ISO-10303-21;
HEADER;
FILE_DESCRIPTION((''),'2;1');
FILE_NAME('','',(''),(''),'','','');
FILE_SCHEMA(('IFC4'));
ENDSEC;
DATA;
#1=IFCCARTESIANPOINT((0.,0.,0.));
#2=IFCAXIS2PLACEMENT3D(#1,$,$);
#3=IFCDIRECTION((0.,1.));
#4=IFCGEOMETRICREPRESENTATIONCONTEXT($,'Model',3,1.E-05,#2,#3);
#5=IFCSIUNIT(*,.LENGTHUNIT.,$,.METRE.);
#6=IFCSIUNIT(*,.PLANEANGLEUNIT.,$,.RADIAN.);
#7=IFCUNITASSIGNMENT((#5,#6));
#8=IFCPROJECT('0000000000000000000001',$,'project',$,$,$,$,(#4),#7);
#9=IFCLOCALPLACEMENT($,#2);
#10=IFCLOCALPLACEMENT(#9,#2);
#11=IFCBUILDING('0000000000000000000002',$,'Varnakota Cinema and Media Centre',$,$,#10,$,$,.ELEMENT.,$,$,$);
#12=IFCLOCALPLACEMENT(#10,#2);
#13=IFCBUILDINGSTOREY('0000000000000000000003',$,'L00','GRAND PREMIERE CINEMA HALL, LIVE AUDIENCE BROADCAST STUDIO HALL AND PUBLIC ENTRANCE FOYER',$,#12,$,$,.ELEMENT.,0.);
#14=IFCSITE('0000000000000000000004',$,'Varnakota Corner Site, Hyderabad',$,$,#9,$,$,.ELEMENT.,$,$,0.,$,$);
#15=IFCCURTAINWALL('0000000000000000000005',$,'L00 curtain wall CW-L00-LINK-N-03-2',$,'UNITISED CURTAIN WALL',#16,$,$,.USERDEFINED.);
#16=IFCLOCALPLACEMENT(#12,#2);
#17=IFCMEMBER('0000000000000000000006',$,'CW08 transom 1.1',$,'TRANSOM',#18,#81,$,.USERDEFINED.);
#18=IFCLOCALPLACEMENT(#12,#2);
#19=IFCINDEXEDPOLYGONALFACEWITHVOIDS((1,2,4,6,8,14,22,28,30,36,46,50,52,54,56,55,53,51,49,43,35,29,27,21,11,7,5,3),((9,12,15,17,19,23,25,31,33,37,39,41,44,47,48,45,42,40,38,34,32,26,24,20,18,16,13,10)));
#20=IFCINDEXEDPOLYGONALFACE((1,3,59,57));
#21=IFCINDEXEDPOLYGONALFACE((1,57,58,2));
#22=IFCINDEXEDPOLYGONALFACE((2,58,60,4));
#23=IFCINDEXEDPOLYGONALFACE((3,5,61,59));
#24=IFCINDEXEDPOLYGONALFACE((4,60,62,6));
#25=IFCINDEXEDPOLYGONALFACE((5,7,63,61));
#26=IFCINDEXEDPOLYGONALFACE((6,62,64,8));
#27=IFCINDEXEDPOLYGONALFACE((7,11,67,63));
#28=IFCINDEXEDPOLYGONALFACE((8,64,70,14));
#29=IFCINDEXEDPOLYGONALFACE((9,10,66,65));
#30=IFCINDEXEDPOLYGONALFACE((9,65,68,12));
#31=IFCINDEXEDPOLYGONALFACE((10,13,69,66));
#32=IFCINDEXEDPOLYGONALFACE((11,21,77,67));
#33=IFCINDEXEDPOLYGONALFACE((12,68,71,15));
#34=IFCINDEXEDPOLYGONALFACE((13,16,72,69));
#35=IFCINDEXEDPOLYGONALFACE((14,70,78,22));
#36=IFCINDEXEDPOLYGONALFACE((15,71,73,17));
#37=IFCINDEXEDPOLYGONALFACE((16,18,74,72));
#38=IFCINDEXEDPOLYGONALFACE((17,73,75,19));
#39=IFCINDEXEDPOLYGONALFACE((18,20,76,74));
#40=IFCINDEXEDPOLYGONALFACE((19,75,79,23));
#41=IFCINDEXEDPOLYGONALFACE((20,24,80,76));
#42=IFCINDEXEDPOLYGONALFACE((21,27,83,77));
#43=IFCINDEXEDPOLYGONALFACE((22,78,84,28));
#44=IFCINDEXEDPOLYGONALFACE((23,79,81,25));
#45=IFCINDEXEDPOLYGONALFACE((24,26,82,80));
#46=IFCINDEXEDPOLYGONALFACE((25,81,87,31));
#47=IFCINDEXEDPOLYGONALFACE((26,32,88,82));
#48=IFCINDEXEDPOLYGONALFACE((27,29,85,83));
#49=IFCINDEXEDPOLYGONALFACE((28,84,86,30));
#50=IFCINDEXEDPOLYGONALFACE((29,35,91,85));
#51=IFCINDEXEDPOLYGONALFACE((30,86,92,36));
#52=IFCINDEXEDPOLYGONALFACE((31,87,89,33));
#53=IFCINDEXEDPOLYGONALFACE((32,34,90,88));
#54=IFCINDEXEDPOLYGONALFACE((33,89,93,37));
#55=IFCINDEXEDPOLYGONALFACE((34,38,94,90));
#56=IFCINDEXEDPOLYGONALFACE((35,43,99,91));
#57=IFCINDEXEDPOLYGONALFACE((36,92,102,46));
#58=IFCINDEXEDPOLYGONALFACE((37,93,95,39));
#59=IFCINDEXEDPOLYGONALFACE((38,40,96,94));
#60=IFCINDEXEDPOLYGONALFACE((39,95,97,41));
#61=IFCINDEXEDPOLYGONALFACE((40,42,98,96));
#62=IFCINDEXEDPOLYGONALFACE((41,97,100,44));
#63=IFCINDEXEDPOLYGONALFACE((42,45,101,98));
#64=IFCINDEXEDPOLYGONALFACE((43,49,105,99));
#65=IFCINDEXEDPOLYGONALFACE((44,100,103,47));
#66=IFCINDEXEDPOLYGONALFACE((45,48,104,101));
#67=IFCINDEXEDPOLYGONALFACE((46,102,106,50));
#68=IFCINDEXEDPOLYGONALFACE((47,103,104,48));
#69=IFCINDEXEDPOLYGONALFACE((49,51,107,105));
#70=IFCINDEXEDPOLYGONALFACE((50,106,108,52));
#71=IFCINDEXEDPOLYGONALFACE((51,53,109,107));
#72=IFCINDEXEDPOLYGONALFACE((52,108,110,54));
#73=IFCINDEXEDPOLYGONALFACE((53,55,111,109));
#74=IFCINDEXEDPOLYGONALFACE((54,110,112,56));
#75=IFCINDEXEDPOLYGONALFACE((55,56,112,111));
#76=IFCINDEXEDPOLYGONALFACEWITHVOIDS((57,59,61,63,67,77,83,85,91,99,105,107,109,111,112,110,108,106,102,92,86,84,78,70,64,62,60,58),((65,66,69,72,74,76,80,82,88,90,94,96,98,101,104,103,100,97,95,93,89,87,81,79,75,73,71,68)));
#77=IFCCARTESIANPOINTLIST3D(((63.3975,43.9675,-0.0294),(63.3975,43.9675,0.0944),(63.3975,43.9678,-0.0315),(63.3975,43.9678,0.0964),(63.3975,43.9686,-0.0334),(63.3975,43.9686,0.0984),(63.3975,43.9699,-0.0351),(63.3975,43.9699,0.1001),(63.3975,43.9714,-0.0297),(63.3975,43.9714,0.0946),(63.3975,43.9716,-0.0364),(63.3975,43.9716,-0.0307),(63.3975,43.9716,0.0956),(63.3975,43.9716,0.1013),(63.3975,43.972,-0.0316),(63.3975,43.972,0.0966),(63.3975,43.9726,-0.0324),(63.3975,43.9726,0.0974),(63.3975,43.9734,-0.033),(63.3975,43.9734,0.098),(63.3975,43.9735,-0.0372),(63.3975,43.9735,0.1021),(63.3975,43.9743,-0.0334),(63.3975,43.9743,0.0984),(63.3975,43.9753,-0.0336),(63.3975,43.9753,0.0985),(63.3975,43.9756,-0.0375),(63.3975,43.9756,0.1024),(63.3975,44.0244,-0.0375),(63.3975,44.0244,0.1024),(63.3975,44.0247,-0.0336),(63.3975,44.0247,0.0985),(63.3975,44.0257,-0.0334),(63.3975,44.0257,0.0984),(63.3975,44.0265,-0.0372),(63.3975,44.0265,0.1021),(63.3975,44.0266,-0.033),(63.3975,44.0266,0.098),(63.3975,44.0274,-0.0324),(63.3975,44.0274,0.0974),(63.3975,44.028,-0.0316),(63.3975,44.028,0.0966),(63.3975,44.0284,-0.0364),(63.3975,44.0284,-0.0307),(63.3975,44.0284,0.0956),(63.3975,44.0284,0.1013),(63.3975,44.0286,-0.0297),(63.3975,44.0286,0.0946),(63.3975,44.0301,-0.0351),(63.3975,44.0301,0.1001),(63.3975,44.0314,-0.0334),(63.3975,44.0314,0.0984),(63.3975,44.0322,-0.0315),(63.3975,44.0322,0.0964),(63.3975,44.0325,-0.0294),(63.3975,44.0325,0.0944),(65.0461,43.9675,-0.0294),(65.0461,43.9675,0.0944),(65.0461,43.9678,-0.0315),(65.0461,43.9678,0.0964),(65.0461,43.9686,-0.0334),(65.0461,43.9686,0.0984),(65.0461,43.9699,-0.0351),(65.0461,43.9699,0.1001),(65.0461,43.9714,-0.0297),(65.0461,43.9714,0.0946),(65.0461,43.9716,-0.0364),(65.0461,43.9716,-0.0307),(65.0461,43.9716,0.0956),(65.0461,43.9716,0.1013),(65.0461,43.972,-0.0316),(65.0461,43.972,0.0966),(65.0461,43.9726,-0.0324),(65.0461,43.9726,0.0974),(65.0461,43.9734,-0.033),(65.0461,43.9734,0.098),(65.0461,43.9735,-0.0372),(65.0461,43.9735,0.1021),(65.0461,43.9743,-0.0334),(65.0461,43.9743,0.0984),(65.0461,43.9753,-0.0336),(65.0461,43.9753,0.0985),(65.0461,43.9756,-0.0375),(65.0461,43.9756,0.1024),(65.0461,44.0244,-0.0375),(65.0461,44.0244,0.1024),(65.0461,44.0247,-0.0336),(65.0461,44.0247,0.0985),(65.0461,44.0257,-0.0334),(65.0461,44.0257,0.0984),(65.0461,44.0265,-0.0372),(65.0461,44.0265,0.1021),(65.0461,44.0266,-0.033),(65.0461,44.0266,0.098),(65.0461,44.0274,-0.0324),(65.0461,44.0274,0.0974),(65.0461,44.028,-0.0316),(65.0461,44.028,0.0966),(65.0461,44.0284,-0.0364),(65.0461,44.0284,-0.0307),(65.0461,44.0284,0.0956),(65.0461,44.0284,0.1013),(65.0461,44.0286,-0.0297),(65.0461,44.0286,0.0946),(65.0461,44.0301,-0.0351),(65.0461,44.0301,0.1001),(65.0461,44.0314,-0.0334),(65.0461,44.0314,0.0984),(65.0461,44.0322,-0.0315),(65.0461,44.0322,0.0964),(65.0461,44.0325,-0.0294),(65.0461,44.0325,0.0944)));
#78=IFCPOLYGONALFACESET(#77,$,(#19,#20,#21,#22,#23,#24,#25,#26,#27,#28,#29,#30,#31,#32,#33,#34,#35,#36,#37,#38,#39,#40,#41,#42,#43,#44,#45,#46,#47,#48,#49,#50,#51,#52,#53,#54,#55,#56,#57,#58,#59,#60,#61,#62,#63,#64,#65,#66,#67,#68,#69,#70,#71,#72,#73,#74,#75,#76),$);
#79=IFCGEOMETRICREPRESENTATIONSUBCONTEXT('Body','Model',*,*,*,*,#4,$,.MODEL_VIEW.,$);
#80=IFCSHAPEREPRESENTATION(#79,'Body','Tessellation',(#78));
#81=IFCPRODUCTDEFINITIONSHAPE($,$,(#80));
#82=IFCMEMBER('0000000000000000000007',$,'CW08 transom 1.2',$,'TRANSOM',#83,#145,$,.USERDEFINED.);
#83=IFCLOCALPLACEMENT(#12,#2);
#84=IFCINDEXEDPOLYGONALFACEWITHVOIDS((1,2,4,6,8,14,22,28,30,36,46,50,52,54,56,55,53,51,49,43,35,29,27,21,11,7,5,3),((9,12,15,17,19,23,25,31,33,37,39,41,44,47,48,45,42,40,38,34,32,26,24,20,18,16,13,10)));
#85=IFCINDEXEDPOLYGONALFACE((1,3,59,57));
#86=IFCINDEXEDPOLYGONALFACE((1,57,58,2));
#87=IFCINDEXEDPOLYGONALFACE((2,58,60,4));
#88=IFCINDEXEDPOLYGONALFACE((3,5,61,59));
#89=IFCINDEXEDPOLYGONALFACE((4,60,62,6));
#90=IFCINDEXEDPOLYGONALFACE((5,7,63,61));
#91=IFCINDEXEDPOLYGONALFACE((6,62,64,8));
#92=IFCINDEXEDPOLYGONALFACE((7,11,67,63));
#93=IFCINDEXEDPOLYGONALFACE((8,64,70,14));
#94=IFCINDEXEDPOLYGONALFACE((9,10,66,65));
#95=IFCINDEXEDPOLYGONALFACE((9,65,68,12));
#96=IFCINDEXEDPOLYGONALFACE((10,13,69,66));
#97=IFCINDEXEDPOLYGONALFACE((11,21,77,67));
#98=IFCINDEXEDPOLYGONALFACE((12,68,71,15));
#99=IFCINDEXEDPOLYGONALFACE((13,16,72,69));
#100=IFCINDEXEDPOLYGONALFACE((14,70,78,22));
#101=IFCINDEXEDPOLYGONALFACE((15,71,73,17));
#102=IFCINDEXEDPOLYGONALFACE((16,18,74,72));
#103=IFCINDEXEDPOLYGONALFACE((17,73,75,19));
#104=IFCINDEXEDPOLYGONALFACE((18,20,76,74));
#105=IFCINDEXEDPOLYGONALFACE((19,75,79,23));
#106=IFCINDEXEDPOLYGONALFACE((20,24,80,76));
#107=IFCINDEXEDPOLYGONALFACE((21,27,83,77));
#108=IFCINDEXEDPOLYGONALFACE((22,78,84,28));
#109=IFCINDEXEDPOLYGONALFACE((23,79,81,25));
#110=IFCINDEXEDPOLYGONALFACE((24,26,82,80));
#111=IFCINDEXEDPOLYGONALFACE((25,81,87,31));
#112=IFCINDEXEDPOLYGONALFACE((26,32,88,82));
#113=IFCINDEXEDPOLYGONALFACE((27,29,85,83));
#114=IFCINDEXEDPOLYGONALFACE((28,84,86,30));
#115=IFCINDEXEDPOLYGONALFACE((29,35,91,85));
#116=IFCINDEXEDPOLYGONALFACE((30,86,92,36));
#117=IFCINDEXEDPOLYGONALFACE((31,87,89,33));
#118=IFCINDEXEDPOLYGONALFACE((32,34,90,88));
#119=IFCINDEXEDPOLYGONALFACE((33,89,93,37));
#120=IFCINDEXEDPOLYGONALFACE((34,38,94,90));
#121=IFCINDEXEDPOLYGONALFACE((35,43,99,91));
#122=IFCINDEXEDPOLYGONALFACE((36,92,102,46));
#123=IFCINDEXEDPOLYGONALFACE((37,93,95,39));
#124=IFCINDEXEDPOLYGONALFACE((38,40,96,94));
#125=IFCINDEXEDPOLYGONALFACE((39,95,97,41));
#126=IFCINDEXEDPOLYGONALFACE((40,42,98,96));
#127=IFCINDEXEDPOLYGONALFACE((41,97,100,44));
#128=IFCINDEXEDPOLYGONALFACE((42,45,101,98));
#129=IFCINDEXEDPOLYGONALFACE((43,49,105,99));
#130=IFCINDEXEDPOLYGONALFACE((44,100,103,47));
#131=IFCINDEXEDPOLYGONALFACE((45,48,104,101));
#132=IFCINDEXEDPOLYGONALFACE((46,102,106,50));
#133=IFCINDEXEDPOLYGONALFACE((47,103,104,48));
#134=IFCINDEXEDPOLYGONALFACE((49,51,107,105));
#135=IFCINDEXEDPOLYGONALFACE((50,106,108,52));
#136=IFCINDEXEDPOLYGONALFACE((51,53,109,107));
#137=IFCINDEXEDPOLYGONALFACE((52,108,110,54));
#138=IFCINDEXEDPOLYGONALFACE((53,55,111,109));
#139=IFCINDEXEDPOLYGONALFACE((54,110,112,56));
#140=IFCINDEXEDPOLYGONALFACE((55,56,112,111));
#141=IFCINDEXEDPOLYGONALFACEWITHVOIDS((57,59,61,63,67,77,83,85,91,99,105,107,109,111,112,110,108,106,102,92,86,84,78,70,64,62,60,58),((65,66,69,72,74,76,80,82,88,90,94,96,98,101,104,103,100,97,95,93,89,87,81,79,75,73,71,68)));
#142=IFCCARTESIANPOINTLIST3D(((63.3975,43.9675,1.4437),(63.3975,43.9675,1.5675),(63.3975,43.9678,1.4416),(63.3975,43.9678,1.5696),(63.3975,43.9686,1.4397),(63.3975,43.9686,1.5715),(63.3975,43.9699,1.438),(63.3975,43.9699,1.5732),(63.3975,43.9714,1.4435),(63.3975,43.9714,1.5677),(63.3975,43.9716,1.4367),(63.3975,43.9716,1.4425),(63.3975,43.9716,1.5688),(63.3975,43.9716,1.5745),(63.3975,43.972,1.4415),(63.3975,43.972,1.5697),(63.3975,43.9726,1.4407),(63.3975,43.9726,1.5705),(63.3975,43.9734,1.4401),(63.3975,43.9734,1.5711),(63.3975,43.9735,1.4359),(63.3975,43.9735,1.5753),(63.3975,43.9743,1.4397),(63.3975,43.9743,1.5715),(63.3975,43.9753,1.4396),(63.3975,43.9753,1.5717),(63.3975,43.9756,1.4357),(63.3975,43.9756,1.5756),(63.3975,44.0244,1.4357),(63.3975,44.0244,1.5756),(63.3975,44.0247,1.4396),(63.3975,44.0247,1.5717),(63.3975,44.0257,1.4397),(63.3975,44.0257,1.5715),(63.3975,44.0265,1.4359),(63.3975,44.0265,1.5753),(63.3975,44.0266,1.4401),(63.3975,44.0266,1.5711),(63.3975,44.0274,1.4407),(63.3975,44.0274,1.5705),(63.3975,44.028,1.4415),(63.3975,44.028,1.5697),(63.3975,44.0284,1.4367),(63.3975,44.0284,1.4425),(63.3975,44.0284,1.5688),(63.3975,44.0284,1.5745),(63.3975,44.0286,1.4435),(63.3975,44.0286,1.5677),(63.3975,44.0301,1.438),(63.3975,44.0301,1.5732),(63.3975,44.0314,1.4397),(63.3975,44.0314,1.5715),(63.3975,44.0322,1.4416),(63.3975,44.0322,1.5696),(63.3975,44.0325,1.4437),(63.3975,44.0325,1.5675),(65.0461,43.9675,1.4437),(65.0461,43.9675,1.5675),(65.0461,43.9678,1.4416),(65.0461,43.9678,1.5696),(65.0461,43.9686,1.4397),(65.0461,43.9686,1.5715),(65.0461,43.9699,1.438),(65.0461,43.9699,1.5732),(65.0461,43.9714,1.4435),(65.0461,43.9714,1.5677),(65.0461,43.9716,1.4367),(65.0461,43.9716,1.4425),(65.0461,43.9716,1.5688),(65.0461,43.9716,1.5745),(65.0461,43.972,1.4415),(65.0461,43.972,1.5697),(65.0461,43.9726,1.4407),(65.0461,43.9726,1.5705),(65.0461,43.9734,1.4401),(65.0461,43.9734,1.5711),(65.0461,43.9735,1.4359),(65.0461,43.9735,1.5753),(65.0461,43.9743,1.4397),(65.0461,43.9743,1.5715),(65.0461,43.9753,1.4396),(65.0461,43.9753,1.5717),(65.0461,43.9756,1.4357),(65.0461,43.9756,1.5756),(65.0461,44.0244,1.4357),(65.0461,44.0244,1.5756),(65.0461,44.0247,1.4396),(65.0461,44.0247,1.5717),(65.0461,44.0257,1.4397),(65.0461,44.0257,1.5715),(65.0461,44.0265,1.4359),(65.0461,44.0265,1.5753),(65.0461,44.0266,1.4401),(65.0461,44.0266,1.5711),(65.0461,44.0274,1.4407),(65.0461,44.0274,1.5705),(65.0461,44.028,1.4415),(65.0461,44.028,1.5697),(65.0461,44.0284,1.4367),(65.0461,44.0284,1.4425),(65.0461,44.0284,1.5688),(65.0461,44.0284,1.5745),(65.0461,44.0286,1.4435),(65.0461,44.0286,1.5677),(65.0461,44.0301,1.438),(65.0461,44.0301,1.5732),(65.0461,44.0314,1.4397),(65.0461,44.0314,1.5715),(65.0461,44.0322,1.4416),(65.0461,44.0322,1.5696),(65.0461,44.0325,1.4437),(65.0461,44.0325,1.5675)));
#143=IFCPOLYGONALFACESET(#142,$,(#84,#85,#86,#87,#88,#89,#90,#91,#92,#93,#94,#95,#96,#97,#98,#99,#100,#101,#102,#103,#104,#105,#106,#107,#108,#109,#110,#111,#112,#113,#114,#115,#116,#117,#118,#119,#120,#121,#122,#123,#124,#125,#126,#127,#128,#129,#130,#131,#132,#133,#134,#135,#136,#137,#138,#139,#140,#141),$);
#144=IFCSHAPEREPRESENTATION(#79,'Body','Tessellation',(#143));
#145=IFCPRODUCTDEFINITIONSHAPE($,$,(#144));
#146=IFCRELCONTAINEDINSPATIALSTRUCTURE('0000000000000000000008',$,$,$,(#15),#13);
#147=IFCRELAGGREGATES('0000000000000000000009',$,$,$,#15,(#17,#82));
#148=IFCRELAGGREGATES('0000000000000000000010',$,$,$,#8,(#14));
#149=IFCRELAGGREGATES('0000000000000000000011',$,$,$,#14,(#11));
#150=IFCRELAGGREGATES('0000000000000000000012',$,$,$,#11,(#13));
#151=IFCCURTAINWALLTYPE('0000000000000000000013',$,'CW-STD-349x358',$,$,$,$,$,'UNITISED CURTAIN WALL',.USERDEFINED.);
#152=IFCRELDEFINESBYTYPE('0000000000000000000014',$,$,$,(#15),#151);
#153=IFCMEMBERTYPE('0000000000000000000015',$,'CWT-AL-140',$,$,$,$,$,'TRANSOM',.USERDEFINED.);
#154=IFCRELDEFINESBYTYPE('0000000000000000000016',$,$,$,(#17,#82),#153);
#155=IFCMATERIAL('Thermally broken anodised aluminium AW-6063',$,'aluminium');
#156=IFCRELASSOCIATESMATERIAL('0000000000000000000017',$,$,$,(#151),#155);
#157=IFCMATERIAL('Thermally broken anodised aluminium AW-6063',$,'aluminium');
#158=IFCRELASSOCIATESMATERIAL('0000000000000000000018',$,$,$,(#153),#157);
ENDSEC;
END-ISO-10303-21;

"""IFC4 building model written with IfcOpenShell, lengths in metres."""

from ifc_helpers import new_model, si_unit, direction, frame, origin, origin_2d, place, context, subcontext, project, spatial, hollow_rectangle, extrude, material, material_profile, profile_set, type_object, element, aggregate, save


model = new_model("IFC4")

# Units and contexts
model_context = context("Model", 3, precision=1e-05, world=origin(), true_north=direction((0.0, 1.0)))
body_context = subcontext(model_context, "Body", "Model", "MODEL_VIEW")
ifc_project = project(units=[si_unit("LENGTHUNIT", "METRE"), si_unit("PLANEANGLEUNIT", "RADIAN")], contexts=[model_context])

# Site, building, storey
site_placement = place(None, origin())
site = spatial("IfcSite", under=ifc_project, at=site_placement, Name="Varnakota Corner Site, Hyderabad", CompositionType="ELEMENT", RefElevation=0.0)
building_placement = place(site_placement, origin())
building = spatial("IfcBuilding", under=site, at=building_placement, Name="Varnakota Cinema and Media Centre", CompositionType="ELEMENT")
storey_placement = place(building_placement, origin())
storey = spatial("IfcBuildingStorey", under=building, at=storey_placement, Name="L00", Description="GRAND PREMIERE CINEMA HALL, LIVE AUDIENCE BROADCAST STUDIO HALL AND PUBLIC ENTRANCE FOYER", CompositionType="ELEMENT", Elevation=0.0)

# Shared definitions
ifc_material_1 = material(Name="Thermally broken anodised aluminium AW-6063", Category="aluminium")
curtain_wall_type = type_object("IfcCurtainWallType", Name="CW-STD-349x358", ElementType="UNITISED CURTAIN WALL", PredefinedType="USERDEFINED", material=ifc_material_1)

# Curtain wall
curtain_wall_1_placement = place(storey_placement, origin())
curtain_wall_1 = element("IfcCurtainWall", 1, at=curtain_wall_1_placement, inside=storey, type_object=curtain_wall_type, Name="L00 curtain wall CW-L00-LINK-N-03-2", ObjectType="UNITISED CURTAIN WALL", PredefinedType="USERDEFINED")

# Members
ifc_material_2 = material(Name="Thermally broken anodised aluminium AW-6063", Category="aluminium")
ifc_material_profile_1 = material_profile(ifc_material_2, hollow_rectangle(XDim=0.0649, YDim=0.1399, WallThickness=0.0039, InnerFilletRadius=0.0039, OuterFilletRadius=0.0081, at=origin_2d()), Name="AL-TRANSOM 140x65x4")
ifc_profile_set_1 = profile_set([ifc_material_profile_1], Name="Thermally broken anodised aluminium AW-6063")
member_type_1 = type_object("IfcMemberType", Name="CWT-AL-140", ElementType="TRANSOM", PredefinedType="USERDEFINED", material=ifc_profile_set_1)
member_1_placement = place(storey_placement, frame((63.3975, 44.0, 0.0325), z_axis=(1.0, 0.0, 0.0), x_axis=(0.0, 1.0, 0.0)))
member_1 = element("IfcMember", 2, at=member_1_placement, type_object=member_type_1, Name="CW08 transom 1.1", ObjectType="TRANSOM", PredefinedType="USERDEFINED", context=body_context, shape_type="SweptSolid", body=[
    extrude(hollow_rectangle(XDim=0.0649, YDim=0.1399, WallThickness=0.0039, InnerFilletRadius=0.0039, OuterFilletRadius=0.0081, at=origin_2d()), origin(), (0.0, 0.0, 1.0), 1.6487),
])
member_2_placement = place(storey_placement, frame((63.3975, 44.0, 1.5056), z_axis=(1.0, 0.0, 0.0), x_axis=(0.0, 1.0, 0.0)))
member_2 = element("IfcMember", 3, at=member_2_placement, type_object=member_type_1, Name="CW08 transom 1.2", ObjectType="TRANSOM", PredefinedType="USERDEFINED", context=body_context, shape_type="SweptSolid", body=[
    extrude(hollow_rectangle(XDim=0.0649, YDim=0.1399, WallThickness=0.0039, InnerFilletRadius=0.0039, OuterFilletRadius=0.0081, at=origin_2d()), origin(), (0.0, 0.0, 1.0), 1.6487),
])

aggregate(curtain_wall_1, [member_1, member_2])

save(model, "model.ifc")
